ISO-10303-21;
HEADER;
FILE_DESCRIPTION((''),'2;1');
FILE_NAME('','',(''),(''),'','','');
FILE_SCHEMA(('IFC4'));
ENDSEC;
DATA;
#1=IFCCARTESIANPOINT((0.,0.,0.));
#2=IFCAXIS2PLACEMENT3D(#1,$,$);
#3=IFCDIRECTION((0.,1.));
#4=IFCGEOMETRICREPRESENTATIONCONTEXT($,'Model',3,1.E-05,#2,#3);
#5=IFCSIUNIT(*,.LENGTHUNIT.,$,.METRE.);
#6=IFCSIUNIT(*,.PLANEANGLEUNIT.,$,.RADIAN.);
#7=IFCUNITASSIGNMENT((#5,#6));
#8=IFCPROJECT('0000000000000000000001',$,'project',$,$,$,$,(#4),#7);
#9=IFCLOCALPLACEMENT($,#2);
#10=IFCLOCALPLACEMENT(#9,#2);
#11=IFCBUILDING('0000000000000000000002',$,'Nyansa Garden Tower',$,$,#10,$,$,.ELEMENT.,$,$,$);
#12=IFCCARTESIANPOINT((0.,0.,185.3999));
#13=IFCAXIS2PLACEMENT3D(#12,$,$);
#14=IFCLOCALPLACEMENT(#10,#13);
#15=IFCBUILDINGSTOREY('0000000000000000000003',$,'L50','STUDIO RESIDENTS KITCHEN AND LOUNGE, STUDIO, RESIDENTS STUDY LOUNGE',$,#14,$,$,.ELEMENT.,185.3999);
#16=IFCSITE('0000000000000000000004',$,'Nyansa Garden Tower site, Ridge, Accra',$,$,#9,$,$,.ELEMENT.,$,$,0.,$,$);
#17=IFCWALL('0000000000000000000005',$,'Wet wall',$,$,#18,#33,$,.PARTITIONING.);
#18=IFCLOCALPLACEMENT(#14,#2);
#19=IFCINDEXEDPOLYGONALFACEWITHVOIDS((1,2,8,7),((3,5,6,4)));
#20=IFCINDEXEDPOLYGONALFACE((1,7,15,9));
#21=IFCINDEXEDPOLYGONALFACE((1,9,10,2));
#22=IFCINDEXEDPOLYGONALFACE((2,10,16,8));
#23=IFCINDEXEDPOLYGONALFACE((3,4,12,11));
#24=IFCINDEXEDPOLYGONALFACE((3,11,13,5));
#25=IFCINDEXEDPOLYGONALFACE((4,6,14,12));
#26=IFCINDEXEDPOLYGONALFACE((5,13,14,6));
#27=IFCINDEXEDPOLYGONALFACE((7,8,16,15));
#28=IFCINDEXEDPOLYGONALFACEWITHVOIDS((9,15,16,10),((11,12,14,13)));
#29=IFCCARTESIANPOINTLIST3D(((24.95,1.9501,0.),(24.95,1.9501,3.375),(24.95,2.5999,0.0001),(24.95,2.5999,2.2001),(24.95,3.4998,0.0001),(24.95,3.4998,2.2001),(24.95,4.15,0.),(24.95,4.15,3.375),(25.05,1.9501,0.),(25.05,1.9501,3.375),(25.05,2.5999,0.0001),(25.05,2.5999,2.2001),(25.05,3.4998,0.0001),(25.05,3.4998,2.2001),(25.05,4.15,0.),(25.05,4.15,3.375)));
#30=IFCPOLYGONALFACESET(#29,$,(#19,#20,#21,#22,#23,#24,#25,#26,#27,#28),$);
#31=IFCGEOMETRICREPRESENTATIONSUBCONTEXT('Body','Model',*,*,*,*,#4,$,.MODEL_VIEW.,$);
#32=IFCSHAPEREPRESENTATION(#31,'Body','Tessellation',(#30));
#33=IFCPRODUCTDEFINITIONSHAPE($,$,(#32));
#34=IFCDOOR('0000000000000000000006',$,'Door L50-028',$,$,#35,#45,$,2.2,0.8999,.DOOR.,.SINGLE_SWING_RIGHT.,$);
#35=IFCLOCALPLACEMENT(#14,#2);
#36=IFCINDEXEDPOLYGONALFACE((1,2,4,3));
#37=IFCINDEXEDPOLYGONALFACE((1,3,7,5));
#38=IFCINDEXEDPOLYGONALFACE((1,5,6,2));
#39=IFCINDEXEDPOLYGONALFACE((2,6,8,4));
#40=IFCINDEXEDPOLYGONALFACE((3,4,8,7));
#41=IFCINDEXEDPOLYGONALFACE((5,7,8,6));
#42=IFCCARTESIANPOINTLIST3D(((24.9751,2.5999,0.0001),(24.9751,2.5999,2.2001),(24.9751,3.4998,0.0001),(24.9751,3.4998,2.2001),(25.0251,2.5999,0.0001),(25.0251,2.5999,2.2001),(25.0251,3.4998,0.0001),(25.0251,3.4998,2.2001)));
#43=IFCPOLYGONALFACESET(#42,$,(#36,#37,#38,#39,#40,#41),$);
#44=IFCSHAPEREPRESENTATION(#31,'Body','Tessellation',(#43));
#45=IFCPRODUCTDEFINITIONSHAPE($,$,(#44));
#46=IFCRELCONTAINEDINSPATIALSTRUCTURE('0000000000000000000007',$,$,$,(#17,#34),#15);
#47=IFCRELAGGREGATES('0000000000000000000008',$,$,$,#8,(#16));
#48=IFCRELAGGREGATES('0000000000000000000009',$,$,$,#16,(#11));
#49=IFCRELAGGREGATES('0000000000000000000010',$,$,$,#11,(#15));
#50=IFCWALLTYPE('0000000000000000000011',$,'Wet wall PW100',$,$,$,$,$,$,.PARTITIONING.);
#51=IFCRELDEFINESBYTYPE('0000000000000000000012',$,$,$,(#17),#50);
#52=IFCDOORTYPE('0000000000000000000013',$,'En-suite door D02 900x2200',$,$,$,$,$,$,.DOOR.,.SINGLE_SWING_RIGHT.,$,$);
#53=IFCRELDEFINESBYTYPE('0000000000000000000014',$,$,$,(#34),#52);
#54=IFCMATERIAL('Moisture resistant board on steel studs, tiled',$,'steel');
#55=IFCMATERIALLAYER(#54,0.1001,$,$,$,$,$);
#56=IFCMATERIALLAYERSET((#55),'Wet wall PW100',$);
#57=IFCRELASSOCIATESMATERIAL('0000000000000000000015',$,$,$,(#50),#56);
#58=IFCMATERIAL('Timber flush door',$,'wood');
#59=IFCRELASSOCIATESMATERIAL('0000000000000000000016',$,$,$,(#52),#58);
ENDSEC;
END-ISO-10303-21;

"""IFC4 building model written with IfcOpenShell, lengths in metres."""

from ifc_helpers import new_model, si_unit, direction, frame, frame_2d, origin, place, context, subcontext, project, spatial, rectangle, extrude, material, layer, layer_set, type_object, element, fill, save


model = new_model("IFC4")

# Units and contexts
model_context = context("Model", 3, precision=1e-05, world=origin(), true_north=direction((0.0, 1.0)))
body_context = subcontext(model_context, "Body", "Model", "MODEL_VIEW")
ifc_project = project(units=[si_unit("LENGTHUNIT", "METRE"), si_unit("PLANEANGLEUNIT", "RADIAN")], contexts=[model_context])

# Site, building, storey
site_placement = place(None, origin())
site = spatial("IfcSite", under=ifc_project, at=site_placement, Name="Nyansa Garden Tower site, Ridge, Accra", CompositionType="ELEMENT", RefElevation=0.0)
building_placement = place(site_placement, origin())
building = spatial("IfcBuilding", under=site, at=building_placement, Name="Nyansa Garden Tower", CompositionType="ELEMENT")
storey_placement = place(building_placement, frame((0.0, 0.0, 185.3999)))
storey = spatial("IfcBuildingStorey", under=building, at=storey_placement, Name="L50", Description="STUDIO RESIDENTS KITCHEN AND LOUNGE, STUDIO, RESIDENTS STUDY LOUNGE", CompositionType="ELEMENT", Elevation=185.3999)

# Shared definitions
ifc_material_1 = material(Name="Moisture resistant board on steel studs, tiled", Category="steel")
ifc_layer_1 = layer(ifc_material_1, 0.1001)
ifc_layer_set_1 = layer_set([ifc_layer_1], Name="Wet wall PW100")
wall_type_1 = type_object("IfcWallType", Name="Wet wall PW100", PredefinedType="PARTITIONING", material=ifc_layer_set_1)

# Wall, opening, door
wall_1_placement = place(storey_placement, frame((25.0, 1.95, 0.0), z_axis=(0.0, 0.0, 1.0), x_axis=(0.0, 1.0, 0.0)))
wall_1 = element("IfcWall", 1, at=wall_1_placement, inside=storey, type_object=wall_type_1, Name="Wet wall", PredefinedType="PARTITIONING", context=body_context, shape_type="SweptSolid", body=[
    extrude(rectangle(XDim=2.2, YDim=0.1001, at=frame_2d((1.1001, 0.0))), origin(), (0.0, 0.0, 1.0), 3.375),
])
opening_1_placement = place(wall_1_placement, frame((0.6499, 0.0, 0.0)))
opening_1 = element("IfcOpeningElement", 2, at=opening_1_placement, cuts=wall_1, PredefinedType="OPENING", context=body_context, shape_type="SweptSolid", body=[
    extrude(rectangle(XDim=0.8999, YDim=2.2, at=frame_2d((0.45, 1.1001))), frame((0.0, 0.0601, 0.0), z_axis=(0.0, -1.0, 0.0), x_axis=(1.0, 0.0, 0.0)), (0.0, 0.0, 1.0), 0.1201),
])
ifc_material_2 = material(Name="Timber flush door", Category="wood")
door_type_1 = type_object("IfcDoorType", Name="En-suite door D02 900x2200", OperationType="SINGLE_SWING_RIGHT", PredefinedType="DOOR", material=ifc_material_2)
door_1_placement = place(opening_1_placement, origin())
door_1 = element("IfcDoor", 3, at=door_1_placement, inside=storey, type_object=door_type_1, Name="Door L50-028", OperationType="SINGLE_SWING_RIGHT", OverallHeight=2.2, OverallWidth=0.8999, PredefinedType="DOOR", context=body_context, shape_type="SweptSolid", body=[
    extrude(rectangle(XDim=0.8999, YDim=2.2, at=frame_2d((0.45, 1.1001))), frame((0.0, 0.0249, 0.0), z_axis=(0.0, -1.0, 0.0), x_axis=(1.0, 0.0, 0.0)), (0.0, 0.0, 1.0), 0.05),
])
fill(opening_1, door_1)

save(model, "model.ifc")
